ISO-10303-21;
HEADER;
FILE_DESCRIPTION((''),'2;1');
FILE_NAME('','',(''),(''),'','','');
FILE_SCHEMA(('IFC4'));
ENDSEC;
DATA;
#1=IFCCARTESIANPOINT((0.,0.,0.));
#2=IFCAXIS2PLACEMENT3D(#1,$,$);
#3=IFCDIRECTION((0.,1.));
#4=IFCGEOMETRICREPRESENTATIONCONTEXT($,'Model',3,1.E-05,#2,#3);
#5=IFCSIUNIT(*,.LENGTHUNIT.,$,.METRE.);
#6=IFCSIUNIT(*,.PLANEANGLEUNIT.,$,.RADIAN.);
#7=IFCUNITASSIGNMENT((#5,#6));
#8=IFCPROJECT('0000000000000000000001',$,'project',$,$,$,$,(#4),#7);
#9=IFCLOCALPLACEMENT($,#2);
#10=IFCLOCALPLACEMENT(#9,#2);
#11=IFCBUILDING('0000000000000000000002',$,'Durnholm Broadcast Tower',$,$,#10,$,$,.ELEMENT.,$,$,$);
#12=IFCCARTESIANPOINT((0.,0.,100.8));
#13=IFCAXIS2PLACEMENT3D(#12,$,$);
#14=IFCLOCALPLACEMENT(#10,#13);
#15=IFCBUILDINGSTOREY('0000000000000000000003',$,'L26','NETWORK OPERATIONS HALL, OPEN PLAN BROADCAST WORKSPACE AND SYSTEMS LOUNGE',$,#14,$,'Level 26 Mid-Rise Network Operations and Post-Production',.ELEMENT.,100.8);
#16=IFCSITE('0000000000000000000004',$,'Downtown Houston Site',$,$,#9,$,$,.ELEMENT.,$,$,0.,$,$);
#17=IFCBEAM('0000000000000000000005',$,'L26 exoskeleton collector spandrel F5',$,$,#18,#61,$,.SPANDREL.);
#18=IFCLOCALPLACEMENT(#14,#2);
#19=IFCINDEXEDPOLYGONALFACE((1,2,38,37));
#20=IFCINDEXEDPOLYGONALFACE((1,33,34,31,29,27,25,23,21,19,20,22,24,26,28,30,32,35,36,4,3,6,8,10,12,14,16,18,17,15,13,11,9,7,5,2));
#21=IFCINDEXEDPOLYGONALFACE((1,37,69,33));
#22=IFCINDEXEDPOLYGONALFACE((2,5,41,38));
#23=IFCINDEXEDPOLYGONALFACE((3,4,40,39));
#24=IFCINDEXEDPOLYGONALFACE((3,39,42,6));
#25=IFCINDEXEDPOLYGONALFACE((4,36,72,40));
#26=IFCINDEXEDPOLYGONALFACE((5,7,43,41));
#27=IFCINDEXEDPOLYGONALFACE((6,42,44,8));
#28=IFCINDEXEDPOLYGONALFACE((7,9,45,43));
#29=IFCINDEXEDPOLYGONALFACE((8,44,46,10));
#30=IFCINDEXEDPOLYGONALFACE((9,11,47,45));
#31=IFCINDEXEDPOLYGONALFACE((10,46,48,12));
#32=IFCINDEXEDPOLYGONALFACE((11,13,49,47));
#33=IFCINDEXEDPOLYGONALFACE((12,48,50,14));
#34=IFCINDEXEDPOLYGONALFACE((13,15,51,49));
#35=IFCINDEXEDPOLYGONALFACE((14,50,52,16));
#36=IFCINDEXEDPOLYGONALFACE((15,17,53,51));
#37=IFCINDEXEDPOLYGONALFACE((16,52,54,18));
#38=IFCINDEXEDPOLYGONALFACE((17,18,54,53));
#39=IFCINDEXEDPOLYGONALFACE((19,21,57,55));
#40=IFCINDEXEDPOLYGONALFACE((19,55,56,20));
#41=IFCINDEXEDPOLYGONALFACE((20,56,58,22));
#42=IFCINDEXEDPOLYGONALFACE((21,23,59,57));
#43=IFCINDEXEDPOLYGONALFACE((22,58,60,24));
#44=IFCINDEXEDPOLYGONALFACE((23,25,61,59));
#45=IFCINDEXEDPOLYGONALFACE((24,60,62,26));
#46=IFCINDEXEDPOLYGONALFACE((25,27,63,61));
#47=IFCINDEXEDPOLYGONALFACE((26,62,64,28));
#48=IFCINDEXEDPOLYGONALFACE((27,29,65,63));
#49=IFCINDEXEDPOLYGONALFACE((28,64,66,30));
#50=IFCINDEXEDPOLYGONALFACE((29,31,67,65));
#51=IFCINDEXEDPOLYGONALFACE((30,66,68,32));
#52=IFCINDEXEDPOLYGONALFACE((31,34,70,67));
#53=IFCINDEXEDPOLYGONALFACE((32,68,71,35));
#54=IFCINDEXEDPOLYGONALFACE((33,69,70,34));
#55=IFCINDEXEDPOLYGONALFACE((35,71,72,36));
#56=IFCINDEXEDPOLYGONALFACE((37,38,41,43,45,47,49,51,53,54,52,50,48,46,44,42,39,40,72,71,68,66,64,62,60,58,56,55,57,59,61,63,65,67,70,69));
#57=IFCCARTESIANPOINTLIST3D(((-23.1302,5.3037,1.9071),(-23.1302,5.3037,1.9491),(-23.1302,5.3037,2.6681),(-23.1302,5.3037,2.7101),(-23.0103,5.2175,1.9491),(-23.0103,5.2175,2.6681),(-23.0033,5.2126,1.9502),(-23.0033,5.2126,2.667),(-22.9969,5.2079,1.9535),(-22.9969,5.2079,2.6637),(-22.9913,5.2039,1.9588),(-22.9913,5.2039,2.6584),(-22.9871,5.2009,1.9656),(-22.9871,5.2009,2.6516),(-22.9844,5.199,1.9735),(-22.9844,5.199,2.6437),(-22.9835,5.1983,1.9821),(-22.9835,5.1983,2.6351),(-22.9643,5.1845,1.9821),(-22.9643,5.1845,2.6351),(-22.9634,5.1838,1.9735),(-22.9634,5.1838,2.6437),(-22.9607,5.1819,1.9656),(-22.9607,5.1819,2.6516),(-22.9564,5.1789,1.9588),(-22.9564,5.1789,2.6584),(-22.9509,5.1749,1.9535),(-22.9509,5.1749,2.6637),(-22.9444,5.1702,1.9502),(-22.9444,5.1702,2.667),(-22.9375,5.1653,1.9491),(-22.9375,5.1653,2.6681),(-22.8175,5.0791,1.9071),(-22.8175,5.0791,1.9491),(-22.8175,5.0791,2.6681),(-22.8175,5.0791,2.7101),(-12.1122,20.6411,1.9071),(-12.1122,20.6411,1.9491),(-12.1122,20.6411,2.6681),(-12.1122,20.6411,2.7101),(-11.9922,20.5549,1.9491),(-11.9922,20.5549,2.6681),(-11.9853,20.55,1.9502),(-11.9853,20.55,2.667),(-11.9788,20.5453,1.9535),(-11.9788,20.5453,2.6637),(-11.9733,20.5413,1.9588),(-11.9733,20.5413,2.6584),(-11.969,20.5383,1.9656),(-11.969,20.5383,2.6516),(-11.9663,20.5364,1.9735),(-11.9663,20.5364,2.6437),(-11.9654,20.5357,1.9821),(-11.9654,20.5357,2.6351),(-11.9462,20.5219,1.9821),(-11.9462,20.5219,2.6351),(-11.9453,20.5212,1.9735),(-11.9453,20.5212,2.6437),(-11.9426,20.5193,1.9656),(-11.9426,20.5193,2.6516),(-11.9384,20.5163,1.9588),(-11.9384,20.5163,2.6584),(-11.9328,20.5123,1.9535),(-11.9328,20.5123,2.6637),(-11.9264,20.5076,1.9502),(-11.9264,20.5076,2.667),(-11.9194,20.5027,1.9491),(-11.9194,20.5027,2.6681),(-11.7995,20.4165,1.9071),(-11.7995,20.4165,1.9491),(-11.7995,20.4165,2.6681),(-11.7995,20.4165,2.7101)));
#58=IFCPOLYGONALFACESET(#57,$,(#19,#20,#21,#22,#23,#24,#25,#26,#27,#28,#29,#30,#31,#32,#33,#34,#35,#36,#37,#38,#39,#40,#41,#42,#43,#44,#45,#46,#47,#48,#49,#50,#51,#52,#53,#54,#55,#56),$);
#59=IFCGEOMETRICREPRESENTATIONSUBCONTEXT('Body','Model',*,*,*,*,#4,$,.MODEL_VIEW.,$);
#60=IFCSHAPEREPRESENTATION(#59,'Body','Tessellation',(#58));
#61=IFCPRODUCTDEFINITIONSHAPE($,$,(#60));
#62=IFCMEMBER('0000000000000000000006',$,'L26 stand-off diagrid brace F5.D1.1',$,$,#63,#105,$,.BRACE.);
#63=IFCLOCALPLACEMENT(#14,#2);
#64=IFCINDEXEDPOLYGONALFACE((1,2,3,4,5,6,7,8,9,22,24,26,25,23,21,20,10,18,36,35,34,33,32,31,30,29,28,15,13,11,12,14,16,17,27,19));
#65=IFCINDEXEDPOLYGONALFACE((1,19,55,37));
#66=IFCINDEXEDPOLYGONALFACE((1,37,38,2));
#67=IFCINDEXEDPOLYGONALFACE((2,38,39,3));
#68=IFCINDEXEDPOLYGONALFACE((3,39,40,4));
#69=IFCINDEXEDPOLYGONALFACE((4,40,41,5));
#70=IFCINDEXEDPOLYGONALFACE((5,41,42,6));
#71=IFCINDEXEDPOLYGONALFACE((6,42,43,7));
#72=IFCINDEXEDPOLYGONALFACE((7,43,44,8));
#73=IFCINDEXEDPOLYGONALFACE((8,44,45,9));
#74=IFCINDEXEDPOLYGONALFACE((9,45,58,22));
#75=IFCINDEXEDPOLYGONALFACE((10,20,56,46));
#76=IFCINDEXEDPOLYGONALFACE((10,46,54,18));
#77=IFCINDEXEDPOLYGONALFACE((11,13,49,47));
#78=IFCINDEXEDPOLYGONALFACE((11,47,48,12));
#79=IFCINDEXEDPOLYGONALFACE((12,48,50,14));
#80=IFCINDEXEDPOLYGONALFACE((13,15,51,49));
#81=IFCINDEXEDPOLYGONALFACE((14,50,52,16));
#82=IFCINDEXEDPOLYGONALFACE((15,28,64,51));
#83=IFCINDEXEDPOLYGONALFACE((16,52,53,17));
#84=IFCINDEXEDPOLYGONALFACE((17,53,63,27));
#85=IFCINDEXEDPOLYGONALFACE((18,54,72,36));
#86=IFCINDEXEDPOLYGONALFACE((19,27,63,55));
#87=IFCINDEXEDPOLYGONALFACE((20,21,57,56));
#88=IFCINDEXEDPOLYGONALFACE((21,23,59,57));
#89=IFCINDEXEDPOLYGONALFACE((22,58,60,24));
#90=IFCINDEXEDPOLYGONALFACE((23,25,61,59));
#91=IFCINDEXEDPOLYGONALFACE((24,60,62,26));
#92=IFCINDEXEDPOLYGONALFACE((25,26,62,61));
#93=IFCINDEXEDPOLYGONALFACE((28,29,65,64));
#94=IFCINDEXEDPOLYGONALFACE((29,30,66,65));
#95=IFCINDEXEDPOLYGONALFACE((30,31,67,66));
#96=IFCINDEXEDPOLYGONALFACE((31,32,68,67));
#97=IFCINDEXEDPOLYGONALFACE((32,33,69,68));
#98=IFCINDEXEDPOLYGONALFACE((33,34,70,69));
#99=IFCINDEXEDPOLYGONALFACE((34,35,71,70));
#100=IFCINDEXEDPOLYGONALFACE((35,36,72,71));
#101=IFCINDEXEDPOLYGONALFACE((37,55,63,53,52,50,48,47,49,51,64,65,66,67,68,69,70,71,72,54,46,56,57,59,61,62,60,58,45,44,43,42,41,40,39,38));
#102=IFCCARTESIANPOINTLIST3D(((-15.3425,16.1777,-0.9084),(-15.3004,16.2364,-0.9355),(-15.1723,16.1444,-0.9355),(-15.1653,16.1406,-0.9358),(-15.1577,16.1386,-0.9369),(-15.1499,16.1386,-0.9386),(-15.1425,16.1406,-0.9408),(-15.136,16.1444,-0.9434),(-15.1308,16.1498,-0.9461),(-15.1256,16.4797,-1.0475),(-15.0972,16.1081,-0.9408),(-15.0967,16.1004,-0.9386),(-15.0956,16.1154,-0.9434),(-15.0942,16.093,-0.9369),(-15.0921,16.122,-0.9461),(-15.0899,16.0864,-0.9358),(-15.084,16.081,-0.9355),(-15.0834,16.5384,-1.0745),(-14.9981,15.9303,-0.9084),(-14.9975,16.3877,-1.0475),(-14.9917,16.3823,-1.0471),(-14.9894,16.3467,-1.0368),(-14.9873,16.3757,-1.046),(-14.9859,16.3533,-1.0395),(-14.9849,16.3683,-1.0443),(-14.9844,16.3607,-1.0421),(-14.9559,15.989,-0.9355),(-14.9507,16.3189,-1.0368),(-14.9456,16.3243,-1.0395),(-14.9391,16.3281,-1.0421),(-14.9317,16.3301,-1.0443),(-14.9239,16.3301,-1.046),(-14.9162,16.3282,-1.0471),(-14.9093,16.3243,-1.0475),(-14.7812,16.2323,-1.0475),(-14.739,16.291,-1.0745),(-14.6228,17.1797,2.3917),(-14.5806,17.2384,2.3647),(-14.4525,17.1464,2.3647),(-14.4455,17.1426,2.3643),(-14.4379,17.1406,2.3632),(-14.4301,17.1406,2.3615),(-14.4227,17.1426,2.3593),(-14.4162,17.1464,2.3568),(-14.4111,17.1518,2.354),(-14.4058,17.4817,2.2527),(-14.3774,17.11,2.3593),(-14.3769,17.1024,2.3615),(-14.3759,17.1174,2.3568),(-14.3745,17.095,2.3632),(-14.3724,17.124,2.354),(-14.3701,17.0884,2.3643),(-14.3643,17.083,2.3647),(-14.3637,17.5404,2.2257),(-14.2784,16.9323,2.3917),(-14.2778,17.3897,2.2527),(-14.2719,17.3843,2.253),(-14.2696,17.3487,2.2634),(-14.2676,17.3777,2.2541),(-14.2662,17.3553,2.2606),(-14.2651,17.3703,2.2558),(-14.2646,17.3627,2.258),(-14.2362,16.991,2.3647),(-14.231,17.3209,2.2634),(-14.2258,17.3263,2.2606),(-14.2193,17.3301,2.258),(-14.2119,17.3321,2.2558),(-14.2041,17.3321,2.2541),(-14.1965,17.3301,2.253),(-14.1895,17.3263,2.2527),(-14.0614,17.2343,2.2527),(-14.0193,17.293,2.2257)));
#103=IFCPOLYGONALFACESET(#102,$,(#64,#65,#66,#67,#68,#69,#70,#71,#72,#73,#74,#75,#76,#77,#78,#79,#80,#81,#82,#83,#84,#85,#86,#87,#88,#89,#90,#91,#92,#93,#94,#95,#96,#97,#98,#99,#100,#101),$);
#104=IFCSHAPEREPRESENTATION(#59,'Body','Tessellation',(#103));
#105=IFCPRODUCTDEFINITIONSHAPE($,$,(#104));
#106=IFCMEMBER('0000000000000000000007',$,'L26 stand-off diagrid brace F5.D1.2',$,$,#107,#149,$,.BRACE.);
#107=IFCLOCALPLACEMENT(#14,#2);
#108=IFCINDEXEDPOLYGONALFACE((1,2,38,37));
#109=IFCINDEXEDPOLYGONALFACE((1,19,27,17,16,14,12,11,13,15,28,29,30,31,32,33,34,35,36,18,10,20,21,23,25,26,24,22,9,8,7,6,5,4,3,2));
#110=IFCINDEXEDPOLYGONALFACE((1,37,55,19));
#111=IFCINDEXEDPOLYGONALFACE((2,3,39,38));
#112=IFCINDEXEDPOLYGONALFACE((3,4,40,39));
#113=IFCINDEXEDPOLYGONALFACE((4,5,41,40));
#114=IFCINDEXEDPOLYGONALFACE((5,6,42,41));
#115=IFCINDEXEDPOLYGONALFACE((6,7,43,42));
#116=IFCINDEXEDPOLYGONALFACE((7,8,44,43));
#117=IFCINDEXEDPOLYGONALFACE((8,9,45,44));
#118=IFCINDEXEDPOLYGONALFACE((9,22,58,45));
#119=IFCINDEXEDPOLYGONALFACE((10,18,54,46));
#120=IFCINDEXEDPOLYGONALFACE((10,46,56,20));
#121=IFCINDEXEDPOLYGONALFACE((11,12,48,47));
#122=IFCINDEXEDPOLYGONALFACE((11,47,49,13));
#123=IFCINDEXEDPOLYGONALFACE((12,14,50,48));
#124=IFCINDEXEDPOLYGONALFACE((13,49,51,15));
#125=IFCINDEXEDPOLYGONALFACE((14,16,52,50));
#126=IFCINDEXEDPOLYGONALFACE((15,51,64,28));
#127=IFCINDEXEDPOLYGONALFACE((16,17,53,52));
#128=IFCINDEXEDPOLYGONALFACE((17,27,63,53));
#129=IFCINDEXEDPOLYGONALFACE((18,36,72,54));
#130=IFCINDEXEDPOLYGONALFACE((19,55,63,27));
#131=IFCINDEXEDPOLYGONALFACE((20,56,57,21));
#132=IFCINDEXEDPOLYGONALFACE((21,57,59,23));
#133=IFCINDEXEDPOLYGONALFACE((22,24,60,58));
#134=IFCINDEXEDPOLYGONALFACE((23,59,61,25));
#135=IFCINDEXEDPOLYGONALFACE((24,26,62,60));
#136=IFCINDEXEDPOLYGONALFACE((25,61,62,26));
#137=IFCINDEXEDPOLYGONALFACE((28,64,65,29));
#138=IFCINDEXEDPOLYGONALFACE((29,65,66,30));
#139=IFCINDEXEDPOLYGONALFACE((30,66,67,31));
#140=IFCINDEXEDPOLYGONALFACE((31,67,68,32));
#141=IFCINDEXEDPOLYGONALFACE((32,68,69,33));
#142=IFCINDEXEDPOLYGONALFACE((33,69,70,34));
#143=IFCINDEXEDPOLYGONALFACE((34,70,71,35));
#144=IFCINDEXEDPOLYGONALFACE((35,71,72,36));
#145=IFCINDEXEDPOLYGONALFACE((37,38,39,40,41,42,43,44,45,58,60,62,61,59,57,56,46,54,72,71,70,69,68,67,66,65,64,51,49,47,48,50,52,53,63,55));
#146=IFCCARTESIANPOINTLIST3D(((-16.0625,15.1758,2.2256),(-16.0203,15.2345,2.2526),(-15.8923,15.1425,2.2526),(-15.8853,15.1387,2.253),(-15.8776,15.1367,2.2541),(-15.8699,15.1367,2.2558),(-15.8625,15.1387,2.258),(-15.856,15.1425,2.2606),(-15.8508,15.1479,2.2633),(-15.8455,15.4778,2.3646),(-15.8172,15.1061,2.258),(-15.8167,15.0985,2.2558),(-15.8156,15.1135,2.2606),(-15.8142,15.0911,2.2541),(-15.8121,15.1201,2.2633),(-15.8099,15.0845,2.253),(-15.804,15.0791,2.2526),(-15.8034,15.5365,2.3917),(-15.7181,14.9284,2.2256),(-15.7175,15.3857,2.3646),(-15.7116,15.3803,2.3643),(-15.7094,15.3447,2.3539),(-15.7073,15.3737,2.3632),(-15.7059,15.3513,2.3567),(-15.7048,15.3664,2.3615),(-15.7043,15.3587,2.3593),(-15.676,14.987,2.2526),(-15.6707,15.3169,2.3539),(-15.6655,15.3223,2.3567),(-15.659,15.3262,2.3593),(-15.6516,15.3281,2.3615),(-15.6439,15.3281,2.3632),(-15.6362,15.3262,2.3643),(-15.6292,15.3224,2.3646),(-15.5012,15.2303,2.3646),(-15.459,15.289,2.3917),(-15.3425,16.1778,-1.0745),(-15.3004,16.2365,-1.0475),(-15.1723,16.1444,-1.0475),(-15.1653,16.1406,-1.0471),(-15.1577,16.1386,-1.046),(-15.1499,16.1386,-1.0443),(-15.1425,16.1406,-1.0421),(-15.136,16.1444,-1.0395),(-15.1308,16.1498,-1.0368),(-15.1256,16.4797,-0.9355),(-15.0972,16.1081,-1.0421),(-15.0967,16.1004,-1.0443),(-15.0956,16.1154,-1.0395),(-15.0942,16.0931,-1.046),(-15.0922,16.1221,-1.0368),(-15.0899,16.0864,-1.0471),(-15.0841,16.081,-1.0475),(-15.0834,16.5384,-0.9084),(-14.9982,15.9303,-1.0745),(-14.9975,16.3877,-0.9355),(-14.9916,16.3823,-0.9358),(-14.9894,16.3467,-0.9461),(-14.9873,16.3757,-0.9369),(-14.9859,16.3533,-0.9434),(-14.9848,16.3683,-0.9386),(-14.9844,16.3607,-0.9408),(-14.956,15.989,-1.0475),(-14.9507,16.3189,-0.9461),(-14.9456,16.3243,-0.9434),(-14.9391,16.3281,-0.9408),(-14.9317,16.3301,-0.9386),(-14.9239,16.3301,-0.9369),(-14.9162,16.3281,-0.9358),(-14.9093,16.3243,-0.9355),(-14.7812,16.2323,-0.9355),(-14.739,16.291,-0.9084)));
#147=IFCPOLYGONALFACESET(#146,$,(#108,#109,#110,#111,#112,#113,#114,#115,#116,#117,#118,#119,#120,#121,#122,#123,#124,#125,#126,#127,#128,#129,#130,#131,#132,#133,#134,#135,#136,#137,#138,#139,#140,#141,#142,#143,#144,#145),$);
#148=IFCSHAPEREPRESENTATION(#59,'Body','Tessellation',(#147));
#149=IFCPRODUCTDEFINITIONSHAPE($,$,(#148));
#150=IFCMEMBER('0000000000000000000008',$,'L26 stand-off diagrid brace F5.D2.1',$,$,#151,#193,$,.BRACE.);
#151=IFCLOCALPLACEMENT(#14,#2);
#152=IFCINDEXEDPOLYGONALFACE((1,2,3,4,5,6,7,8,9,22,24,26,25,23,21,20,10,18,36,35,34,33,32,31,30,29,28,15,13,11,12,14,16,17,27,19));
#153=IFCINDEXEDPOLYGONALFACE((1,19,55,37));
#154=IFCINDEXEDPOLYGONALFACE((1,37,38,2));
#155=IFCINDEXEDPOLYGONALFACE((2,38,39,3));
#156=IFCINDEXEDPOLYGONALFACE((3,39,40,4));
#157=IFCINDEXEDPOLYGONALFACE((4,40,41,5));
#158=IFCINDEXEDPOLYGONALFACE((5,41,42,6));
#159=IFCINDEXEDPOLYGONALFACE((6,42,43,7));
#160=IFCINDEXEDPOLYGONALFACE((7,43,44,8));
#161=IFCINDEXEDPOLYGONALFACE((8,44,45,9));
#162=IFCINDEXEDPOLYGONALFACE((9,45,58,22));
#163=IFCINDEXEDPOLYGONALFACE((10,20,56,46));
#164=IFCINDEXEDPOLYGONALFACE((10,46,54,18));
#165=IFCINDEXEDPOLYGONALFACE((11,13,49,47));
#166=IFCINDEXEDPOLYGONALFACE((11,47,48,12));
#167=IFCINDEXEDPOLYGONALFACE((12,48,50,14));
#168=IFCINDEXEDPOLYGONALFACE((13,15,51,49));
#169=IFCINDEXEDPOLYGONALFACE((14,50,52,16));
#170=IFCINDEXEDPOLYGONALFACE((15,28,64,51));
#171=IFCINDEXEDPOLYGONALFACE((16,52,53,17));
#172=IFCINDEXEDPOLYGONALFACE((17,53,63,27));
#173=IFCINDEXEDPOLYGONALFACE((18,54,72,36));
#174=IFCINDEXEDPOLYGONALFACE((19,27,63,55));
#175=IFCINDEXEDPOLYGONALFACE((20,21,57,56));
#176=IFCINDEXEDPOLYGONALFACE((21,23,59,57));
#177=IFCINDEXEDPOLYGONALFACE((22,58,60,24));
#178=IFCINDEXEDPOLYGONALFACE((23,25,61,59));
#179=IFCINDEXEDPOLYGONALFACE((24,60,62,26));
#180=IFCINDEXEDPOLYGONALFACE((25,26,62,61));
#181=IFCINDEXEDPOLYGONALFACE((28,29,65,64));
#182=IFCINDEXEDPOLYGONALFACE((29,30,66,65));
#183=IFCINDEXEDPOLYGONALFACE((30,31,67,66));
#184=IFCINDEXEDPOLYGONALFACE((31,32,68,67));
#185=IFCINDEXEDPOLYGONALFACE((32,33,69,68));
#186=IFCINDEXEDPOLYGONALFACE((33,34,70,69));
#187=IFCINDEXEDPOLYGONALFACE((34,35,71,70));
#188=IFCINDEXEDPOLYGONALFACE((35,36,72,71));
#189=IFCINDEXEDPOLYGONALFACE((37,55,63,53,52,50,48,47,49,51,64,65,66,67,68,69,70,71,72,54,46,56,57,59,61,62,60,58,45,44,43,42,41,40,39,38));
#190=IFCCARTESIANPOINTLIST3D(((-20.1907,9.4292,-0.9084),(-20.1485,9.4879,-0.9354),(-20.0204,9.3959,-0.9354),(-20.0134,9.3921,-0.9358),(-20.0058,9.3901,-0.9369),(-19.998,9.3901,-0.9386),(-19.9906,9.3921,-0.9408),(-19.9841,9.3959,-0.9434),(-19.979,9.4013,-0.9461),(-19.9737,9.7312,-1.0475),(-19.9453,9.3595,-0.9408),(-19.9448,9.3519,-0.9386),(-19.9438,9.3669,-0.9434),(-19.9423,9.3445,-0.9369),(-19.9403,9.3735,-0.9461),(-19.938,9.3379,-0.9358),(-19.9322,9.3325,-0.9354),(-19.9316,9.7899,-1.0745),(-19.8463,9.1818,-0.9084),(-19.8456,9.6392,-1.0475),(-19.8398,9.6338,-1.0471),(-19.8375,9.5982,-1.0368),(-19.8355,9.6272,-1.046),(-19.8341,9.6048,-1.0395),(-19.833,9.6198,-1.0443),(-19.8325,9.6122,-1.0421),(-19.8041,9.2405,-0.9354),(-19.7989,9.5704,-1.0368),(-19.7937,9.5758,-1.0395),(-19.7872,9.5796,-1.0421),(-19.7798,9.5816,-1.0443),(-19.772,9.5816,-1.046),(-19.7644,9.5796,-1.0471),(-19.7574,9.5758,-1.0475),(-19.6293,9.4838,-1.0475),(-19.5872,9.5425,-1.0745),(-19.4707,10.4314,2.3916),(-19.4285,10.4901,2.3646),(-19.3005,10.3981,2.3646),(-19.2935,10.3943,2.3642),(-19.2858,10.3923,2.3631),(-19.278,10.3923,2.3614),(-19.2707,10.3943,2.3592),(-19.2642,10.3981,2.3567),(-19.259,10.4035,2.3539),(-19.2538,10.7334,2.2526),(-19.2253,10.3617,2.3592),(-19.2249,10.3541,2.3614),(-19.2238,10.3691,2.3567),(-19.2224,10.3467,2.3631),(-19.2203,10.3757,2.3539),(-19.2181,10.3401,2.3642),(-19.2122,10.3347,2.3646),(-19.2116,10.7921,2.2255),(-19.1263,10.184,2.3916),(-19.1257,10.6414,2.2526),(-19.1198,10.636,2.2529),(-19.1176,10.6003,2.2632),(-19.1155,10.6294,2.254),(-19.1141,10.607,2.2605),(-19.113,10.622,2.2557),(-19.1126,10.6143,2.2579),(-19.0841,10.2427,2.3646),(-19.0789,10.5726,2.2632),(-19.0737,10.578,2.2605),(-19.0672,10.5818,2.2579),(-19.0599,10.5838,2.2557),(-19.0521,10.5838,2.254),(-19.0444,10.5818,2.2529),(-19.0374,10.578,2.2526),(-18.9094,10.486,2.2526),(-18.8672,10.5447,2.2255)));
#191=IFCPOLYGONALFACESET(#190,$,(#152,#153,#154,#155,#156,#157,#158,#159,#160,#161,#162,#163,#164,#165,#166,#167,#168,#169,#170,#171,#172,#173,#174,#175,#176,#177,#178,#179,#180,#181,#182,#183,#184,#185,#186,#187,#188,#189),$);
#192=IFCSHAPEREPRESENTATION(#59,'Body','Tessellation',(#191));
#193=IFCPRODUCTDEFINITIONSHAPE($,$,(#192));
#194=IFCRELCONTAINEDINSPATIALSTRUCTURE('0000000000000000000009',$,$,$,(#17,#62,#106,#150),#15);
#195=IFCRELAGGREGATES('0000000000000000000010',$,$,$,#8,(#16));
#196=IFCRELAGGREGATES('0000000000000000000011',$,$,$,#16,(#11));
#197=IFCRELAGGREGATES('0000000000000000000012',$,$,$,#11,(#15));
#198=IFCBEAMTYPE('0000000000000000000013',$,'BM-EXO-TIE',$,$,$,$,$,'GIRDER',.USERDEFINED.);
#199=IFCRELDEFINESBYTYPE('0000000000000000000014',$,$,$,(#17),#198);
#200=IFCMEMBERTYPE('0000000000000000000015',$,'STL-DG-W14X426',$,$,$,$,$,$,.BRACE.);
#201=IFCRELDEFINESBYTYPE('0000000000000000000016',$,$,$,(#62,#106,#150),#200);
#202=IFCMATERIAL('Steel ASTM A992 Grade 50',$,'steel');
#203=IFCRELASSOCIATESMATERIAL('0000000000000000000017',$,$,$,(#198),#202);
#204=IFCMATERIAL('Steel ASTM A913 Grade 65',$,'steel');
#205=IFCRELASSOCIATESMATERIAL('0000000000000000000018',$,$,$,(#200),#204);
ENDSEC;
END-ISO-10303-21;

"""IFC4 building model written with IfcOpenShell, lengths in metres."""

from ifc_helpers import new_model, si_unit, direction, frame, origin, origin_2d, place, context, subcontext, project, spatial, i_section, extrude, source, transform, mapped, material, material_profile, profile_set, type_object, type_shapes, element, save


model = new_model("IFC4")

# Units and contexts
model_context = context("Model", 3, precision=1e-05, world=origin(), true_north=direction((0.0, 1.0)))
body_context = subcontext(model_context, "Body", "Model", "MODEL_VIEW")
ifc_project = project(units=[si_unit("LENGTHUNIT", "METRE"), si_unit("PLANEANGLEUNIT", "RADIAN")], contexts=[model_context])

# Site, building, storey
site_placement = place(None, origin())
site = spatial("IfcSite", under=ifc_project, at=site_placement, Name="Downtown Houston Site", CompositionType="ELEMENT", RefElevation=0.0)
building_placement = place(site_placement, origin())
building = spatial("IfcBuilding", under=site, at=building_placement, Name="Durnholm Broadcast Tower", CompositionType="ELEMENT")
storey_placement = place(building_placement, frame((0.0, 0.0, 100.8)))
storey = spatial("IfcBuildingStorey", under=building, at=storey_placement, Name="L26", Description="NETWORK OPERATIONS HALL, OPEN PLAN BROADCAST WORKSPACE AND SYSTEMS LOUNGE", LongName="Level 26 Mid-Rise Network Operations and Post-Production", CompositionType="ELEMENT", Elevation=100.8)

# Beam
ifc_material_1 = material(Name="Steel ASTM A992 Grade 50", Category="steel")
ifc_material_profile_1 = material_profile(ifc_material_1, i_section(OverallWidth=0.385, OverallDepth=0.803, WebThickness=0.0237, FlangeThickness=0.042, FilletRadius=0.033, at=origin_2d()), Name="W30X261")
ifc_profile_set_1 = profile_set([ifc_material_profile_1], Name="Steel ASTM A992 Grade 50")
beam_type_1 = type_object("IfcBeamType", Name="BM-EXO-TIE", ElementType="GIRDER", PredefinedType="USERDEFINED", material=ifc_profile_set_1)
shared_shape_1 = source(origin(), body_context, "Body", "SweptSolid", [
    extrude(i_section(OverallWidth=0.385, OverallDepth=0.803, WebThickness=0.0237, FlangeThickness=0.042, FilletRadius=0.033, at=origin_2d()), origin(), (0.0, 0.0, 1.0), 18.8848),
])
beam_1_placement = place(storey_placement, frame((-11.9558, 20.5288, 2.3086), z_axis=(-0.583437, -0.812158, 0.0), x_axis=(0.812158, -0.583437, 0.0)))
element("IfcBeam", 1, at=beam_1_placement, inside=storey, type_object=beam_type_1, Name="L26 exoskeleton collector spandrel F5", PredefinedType="SPANDREL", context=body_context, shape_type="MappedRepresentation", body=[
    mapped(shared_shape_1, transform((0.0, 0.0, 0.0), x_axis=(1.0, 0.0, 0.0), y_axis=(0.0, 1.0, 0.0), z_axis=(0.0, 0.0, 1.0), scale=1.0)),
])

# Members
ifc_material_2 = material(Name="Steel ASTM A913 Grade 65", Category="steel")
ifc_material_profile_2 = material_profile(ifc_material_2, i_section(OverallWidth=0.4241, OverallDepth=0.4741, WebThickness=0.0476, FlangeThickness=0.0771, FilletRadius=0.0305, at=origin_2d()), Name="W14X426")
ifc_profile_set_2 = profile_set([ifc_material_profile_2], Name="Steel ASTM A913 Grade 65")
member_type_1 = type_object("IfcMemberType", Name="STL-DG-W14X426", PredefinedType="BRACE", material=ifc_profile_set_2)
shared_shape_2 = source(origin(), body_context, "Body", "SweptSolid", [
    extrude(i_section(OverallWidth=0.4241, OverallDepth=0.4741, WebThickness=0.0476, FlangeThickness=0.0771, FilletRadius=0.0305, at=origin_2d()), origin(), (0.0, 0.0, 1.0), 3.5232),
])
type_shapes(member_type_1, [shared_shape_2])
for number, where, z_axis, x_axis, name in (
    (2, (-15.0408, 16.2344, -0.9915), (0.204288, 0.284395, 0.936689), (-0.812179, 0.583408, 0.0), "L26 stand-off diagrid brace F5.D1.1"),
    (3, (-15.0408, 16.2344, -0.9915), (-0.204354, -0.284391, 0.936675), (0.812086, -0.583538, 0.0), "L26 stand-off diagrid brace F5.D1.2"),
    (4, (-19.8889, 9.4858, -0.9915), (0.20435, 0.284455, 0.936657), (-0.812153, 0.583444, 0.0), "L26 stand-off diagrid brace F5.D2.1"),
):
    element("IfcMember", number, at=place(storey_placement, frame(where, z_axis=z_axis, x_axis=x_axis)), inside=storey, type_object=member_type_1, Name=name, PredefinedType="BRACE", context=body_context, shape_type="MappedRepresentation", body=[
        mapped(shared_shape_2, transform((0.0, 0.0, 0.0), x_axis=(1.0, 0.0, 0.0), y_axis=(0.0, 1.0, 0.0), z_axis=(0.0, 0.0, 1.0), scale=1.0)),
    ])

save(model, "model.ifc")
